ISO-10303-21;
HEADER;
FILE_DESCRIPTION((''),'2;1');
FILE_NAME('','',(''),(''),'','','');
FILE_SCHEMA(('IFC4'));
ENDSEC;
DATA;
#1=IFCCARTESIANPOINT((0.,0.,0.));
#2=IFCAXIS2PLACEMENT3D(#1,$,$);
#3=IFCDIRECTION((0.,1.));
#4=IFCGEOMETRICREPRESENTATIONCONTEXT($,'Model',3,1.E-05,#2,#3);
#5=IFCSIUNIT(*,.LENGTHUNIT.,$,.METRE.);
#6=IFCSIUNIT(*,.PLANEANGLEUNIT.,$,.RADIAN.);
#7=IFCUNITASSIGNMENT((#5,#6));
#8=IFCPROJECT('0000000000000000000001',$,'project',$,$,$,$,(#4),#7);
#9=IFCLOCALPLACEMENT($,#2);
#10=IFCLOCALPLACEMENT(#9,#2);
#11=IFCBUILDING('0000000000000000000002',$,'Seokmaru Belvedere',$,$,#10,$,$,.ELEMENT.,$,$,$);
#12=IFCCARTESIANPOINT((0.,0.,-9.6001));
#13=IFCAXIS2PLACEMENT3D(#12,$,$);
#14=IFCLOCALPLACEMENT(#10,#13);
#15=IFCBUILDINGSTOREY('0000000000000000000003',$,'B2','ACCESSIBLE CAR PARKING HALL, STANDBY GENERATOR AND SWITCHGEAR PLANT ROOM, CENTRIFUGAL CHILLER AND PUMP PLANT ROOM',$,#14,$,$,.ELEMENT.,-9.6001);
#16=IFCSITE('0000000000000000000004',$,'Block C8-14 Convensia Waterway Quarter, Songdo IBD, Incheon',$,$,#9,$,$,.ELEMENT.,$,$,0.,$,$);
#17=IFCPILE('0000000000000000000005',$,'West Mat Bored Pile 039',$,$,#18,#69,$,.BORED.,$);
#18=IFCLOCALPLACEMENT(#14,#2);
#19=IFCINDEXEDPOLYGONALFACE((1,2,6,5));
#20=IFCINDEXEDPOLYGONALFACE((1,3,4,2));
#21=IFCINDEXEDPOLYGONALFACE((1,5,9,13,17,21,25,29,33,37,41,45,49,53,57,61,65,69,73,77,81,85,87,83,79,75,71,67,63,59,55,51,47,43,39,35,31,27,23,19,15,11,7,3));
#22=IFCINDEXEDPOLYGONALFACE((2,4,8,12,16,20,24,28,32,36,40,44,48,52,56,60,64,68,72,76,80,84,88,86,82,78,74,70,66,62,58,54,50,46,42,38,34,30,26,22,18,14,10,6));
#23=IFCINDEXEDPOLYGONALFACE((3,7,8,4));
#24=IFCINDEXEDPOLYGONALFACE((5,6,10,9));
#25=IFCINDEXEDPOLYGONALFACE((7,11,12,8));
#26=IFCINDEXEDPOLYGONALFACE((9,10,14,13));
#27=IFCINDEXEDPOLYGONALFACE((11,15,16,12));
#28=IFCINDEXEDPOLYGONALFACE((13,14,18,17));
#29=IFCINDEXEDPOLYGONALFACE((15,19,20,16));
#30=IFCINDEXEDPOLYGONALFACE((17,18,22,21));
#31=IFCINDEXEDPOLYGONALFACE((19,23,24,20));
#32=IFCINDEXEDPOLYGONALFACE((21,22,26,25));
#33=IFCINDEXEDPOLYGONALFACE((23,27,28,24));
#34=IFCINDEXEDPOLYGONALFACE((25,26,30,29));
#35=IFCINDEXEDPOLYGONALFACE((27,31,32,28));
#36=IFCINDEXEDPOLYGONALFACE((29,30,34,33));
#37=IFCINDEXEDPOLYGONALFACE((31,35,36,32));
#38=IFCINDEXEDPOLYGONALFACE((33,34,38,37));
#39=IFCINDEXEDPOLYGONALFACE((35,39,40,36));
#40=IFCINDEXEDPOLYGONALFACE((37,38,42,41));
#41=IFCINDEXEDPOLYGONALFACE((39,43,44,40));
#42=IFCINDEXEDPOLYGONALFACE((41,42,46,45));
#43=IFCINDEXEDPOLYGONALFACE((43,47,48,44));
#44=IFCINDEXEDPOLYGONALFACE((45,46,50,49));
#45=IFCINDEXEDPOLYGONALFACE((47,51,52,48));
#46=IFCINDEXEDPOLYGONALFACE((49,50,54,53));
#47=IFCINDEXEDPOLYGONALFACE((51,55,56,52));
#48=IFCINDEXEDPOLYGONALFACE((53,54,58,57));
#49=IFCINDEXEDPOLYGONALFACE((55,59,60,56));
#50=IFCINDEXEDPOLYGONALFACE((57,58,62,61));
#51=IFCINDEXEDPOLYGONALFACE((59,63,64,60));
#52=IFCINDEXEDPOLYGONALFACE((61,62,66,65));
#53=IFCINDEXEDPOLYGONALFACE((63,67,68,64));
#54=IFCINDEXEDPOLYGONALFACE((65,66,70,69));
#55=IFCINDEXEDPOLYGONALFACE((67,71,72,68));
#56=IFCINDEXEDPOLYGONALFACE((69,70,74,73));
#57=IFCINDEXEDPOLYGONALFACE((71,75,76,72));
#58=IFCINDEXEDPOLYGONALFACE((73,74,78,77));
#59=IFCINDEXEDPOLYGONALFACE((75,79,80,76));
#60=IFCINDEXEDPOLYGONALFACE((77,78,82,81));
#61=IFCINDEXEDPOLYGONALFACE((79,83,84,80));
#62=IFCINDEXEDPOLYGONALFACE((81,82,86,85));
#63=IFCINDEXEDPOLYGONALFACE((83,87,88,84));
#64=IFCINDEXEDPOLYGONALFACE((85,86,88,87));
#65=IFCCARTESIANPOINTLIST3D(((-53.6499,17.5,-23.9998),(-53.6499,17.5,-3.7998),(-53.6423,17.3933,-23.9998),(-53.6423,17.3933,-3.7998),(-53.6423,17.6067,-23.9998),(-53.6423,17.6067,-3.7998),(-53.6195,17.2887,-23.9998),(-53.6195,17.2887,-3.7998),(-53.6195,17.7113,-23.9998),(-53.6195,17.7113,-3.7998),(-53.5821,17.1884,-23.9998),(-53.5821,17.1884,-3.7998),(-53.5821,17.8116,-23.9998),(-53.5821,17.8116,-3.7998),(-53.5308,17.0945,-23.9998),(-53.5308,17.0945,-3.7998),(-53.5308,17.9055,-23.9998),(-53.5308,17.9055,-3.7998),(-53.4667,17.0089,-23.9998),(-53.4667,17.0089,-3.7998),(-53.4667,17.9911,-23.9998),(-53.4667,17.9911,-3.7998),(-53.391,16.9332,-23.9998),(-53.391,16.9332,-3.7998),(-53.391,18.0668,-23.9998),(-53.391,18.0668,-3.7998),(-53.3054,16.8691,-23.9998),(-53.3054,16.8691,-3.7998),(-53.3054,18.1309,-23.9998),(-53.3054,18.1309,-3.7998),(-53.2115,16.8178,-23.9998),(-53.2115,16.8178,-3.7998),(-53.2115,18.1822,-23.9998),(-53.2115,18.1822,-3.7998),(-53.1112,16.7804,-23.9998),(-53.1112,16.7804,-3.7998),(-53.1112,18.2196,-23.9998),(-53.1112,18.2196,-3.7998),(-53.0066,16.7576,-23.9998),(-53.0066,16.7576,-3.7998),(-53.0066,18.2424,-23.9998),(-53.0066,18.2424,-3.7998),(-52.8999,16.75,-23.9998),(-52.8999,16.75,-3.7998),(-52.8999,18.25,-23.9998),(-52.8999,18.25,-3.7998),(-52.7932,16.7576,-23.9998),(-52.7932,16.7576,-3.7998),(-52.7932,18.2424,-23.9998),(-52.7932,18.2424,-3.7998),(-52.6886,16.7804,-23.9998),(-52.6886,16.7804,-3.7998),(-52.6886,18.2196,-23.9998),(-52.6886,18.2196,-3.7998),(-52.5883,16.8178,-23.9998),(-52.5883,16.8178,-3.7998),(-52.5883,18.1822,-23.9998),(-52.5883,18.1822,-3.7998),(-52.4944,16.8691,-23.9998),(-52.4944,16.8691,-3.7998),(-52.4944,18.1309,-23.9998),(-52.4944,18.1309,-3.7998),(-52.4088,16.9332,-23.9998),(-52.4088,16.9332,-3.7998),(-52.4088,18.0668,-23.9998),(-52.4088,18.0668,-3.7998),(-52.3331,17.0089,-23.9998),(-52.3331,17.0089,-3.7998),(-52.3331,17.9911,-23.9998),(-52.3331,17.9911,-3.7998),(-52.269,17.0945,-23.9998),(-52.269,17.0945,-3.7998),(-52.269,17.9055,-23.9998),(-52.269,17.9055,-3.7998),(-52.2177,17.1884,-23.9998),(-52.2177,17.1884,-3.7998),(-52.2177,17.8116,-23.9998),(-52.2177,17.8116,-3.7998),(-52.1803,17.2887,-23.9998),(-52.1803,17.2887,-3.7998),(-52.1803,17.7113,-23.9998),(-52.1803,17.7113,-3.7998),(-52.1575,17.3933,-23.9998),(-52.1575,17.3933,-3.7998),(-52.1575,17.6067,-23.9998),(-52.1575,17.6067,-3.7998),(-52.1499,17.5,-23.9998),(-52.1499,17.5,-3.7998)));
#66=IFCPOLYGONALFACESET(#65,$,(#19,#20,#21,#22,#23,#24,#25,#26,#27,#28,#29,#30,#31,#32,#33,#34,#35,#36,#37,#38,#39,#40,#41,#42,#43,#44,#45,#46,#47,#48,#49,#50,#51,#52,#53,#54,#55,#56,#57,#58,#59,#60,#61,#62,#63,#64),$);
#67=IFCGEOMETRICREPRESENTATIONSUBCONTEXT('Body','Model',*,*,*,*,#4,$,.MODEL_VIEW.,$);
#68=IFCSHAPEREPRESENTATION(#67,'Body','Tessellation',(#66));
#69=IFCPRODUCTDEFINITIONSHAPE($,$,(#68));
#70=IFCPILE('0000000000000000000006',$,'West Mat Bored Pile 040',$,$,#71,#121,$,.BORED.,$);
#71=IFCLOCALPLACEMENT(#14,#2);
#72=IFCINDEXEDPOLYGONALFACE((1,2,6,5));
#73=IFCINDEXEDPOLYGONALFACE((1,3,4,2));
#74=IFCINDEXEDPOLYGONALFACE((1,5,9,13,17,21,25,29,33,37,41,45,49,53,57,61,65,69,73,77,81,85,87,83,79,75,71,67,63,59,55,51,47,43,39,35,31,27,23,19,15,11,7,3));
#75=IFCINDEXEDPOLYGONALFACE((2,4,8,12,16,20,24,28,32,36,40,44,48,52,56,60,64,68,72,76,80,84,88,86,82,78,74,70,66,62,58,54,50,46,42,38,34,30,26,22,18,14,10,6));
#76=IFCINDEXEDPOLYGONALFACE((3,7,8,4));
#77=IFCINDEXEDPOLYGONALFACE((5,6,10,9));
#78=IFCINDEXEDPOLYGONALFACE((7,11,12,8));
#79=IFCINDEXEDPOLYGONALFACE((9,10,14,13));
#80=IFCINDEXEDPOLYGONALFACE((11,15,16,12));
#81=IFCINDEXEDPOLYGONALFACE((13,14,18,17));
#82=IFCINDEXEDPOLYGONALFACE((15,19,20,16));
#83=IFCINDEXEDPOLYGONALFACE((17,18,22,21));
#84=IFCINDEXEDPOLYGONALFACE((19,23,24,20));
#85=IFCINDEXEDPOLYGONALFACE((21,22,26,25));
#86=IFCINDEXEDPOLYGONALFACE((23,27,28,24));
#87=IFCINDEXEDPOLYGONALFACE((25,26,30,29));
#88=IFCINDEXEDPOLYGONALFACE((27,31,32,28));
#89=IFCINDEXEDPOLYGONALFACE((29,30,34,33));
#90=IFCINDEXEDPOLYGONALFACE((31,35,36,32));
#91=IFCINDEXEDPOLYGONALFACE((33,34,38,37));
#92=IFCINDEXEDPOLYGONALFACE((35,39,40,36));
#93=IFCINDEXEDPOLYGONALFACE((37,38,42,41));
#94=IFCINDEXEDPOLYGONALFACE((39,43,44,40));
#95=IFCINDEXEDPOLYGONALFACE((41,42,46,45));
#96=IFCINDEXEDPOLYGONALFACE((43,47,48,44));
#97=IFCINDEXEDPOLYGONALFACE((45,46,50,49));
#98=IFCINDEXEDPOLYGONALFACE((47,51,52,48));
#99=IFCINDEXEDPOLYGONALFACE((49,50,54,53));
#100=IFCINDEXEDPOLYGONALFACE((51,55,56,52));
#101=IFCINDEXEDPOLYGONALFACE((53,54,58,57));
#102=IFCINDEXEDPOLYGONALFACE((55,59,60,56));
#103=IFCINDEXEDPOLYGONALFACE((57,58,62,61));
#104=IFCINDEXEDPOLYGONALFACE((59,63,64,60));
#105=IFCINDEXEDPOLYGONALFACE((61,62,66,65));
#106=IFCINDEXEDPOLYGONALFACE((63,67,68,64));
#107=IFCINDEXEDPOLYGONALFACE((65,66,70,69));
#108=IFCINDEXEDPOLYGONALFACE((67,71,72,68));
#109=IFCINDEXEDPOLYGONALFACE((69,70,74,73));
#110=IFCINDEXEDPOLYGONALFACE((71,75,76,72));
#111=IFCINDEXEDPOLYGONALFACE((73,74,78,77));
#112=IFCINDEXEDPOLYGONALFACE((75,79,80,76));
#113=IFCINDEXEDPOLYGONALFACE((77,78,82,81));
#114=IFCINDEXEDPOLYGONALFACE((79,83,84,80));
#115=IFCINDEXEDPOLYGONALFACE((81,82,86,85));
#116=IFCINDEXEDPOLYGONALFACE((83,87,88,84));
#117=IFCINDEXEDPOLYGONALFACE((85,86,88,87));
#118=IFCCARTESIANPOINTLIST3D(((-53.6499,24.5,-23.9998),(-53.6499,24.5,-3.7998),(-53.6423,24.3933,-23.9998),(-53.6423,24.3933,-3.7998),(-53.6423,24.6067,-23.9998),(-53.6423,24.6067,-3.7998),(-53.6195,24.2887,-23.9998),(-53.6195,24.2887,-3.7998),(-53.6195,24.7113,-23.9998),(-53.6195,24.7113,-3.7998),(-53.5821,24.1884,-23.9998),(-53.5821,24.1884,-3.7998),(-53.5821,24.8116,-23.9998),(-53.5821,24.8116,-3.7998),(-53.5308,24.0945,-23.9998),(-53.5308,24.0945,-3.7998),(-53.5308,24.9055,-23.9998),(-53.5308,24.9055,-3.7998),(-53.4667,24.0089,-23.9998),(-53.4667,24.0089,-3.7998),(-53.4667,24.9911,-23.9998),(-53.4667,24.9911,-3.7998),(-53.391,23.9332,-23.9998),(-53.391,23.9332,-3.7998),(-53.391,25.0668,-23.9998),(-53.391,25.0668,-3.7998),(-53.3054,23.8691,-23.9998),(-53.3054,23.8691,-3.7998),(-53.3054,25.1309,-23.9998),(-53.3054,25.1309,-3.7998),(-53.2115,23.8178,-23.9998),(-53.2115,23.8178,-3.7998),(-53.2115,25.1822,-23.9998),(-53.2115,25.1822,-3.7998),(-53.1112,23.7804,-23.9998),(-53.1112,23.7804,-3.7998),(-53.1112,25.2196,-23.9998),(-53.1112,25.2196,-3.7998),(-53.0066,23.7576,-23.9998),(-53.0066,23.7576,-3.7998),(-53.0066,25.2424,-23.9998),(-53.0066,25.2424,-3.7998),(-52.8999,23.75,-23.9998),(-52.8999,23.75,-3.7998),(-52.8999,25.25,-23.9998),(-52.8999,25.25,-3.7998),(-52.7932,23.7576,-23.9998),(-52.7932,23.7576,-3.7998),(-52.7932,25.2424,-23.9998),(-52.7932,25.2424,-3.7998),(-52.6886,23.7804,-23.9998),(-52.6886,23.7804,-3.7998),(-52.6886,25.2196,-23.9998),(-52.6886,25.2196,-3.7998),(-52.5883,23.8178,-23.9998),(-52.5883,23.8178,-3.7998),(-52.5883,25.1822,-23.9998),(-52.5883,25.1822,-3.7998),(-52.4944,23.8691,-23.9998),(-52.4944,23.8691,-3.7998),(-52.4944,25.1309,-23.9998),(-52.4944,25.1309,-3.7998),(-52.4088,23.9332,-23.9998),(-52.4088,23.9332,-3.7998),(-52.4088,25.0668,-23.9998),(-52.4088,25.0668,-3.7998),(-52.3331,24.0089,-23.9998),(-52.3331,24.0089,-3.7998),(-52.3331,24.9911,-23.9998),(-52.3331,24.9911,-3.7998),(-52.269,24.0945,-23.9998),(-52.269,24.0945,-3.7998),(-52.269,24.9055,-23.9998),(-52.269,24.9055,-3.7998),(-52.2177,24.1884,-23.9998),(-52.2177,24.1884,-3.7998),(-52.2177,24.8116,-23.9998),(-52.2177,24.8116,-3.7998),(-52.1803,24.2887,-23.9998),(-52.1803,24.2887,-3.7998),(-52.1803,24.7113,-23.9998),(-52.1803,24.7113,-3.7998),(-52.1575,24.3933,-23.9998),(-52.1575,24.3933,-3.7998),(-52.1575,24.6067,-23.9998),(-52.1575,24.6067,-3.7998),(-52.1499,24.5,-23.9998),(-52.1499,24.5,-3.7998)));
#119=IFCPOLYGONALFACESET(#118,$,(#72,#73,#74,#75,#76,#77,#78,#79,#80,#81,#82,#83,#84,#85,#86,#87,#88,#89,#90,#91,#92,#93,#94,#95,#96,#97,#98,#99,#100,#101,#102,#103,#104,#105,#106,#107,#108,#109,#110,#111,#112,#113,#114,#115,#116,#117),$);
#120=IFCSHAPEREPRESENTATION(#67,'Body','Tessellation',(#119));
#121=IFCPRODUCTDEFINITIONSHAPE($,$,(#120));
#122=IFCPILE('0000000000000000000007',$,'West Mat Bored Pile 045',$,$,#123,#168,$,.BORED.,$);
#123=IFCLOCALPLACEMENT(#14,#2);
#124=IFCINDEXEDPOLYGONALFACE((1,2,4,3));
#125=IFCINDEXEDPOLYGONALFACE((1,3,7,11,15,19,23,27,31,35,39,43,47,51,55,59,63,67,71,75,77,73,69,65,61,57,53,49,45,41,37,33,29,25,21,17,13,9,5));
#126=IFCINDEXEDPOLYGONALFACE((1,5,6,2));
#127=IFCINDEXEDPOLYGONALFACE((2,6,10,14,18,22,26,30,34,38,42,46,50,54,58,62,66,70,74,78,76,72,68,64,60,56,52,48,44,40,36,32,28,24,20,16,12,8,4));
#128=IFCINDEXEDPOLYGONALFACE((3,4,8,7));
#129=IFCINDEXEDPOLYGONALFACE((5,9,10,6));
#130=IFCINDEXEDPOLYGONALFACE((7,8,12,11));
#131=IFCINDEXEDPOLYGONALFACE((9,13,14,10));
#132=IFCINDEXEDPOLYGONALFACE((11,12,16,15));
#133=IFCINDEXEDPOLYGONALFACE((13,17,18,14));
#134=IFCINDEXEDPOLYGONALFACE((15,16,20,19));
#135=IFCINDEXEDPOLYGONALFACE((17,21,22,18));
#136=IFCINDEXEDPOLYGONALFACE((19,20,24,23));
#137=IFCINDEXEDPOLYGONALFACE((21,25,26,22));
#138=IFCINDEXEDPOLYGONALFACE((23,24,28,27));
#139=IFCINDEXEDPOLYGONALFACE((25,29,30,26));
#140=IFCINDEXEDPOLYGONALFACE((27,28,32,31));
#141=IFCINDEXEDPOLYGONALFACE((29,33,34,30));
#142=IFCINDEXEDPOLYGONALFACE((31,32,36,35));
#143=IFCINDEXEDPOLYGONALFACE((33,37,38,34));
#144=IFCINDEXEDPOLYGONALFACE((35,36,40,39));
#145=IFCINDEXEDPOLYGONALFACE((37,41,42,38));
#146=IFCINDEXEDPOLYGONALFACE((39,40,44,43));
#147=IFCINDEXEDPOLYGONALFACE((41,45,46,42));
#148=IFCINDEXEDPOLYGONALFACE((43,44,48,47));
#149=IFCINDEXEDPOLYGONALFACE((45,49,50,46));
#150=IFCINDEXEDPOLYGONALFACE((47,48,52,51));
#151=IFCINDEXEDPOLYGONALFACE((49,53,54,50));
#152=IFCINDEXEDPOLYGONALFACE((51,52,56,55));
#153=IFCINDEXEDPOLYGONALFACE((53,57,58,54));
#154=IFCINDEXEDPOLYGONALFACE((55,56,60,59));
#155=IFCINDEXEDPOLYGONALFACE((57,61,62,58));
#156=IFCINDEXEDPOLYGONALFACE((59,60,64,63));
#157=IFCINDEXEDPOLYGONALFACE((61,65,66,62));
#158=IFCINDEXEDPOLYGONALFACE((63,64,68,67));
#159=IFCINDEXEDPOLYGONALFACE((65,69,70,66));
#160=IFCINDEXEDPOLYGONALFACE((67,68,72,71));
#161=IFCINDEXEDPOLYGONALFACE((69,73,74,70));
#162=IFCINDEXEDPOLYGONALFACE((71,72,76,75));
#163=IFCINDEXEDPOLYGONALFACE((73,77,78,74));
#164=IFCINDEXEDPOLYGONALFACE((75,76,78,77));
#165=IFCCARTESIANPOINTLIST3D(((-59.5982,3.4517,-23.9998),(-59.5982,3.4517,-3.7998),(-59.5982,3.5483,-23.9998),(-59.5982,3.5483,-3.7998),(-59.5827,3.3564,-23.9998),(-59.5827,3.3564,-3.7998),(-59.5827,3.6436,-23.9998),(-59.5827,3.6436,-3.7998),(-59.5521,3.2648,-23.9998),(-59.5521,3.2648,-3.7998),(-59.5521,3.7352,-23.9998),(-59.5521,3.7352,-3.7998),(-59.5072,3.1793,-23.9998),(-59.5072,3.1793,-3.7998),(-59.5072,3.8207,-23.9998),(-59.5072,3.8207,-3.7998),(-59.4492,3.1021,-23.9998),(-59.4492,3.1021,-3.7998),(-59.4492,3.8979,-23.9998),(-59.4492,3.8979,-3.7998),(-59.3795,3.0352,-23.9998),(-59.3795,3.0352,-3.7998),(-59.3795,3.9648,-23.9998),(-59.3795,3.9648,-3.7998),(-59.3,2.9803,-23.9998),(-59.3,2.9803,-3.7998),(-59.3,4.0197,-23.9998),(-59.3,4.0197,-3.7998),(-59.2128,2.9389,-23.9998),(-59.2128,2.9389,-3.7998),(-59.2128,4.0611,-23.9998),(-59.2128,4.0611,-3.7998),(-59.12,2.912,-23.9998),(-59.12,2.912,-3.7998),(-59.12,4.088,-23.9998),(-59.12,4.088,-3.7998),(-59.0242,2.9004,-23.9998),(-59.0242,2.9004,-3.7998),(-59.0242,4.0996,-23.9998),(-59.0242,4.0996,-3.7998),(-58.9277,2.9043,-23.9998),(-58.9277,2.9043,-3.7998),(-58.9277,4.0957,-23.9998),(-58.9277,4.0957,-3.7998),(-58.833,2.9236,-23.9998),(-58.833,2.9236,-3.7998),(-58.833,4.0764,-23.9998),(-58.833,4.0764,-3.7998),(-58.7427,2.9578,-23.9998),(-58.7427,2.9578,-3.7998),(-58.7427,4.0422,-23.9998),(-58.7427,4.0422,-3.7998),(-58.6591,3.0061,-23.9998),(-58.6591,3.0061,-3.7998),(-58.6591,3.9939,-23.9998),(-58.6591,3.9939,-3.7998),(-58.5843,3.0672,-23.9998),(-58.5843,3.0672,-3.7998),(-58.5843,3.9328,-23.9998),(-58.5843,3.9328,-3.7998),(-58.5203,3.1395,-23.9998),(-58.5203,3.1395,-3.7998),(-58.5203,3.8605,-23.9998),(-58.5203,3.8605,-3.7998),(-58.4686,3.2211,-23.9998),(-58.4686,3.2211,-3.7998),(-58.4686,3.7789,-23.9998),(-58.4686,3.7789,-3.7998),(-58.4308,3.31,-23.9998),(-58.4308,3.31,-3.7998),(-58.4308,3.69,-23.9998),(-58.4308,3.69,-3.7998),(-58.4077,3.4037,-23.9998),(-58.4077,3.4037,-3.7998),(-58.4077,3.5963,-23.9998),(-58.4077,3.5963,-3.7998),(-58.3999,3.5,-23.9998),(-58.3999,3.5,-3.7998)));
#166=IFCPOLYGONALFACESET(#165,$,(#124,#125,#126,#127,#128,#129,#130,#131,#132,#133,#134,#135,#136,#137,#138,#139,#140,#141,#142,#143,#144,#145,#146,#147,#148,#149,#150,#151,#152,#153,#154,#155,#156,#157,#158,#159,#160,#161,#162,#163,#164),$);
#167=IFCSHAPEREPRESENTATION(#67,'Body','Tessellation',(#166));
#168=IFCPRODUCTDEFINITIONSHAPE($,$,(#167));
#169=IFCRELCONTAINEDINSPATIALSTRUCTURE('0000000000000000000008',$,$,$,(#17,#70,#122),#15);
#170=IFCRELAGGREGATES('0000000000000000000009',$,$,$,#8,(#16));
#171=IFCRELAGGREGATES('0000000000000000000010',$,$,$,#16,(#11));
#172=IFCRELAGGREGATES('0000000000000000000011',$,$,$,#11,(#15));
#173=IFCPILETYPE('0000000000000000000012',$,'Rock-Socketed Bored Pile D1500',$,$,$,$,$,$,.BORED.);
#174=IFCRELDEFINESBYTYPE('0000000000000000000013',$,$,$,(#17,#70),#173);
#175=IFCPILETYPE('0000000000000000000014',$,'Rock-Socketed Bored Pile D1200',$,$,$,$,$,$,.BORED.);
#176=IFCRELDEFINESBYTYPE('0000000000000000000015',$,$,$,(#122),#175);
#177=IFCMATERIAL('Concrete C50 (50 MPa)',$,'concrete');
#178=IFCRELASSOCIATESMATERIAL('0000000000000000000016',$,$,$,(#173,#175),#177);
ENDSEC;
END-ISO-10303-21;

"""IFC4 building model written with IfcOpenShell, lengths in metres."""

from ifc_helpers import new_model, si_unit, direction, frame, origin, origin_2d, place, context, subcontext, project, spatial, circle, extrude, source, transform, mapped, material, material_profile, profile_set, type_object, type_shapes, element, save


model = new_model("IFC4")

# Units and contexts
model_context = context("Model", 3, precision=1e-05, world=origin(), true_north=direction((0.0, 1.0)))
body_context = subcontext(model_context, "Body", "Model", "MODEL_VIEW")
ifc_project = project(units=[si_unit("LENGTHUNIT", "METRE"), si_unit("PLANEANGLEUNIT", "RADIAN")], contexts=[model_context])

# Site, building, storey
site_placement = place(None, origin())
site = spatial("IfcSite", under=ifc_project, at=site_placement, Name="Block C8-14 Convensia Waterway Quarter, Songdo IBD, Incheon", CompositionType="ELEMENT", RefElevation=0.0)
building_placement = place(site_placement, origin())
building = spatial("IfcBuilding", under=site, at=building_placement, Name="Seokmaru Belvedere", CompositionType="ELEMENT")
storey_placement = place(building_placement, frame((0.0, 0.0, -9.6001)))
storey = spatial("IfcBuildingStorey", under=building, at=storey_placement, Name="B2", Description="ACCESSIBLE CAR PARKING HALL, STANDBY GENERATOR AND SWITCHGEAR PLANT ROOM, CENTRIFUGAL CHILLER AND PUMP PLANT ROOM", CompositionType="ELEMENT", Elevation=-9.6001)

# Shared definitions
ifc_material_1 = material(Name="Concrete C50 (50 MPa)", Category="concrete")

# Piles
ifc_material_profile_1 = material_profile(ifc_material_1, circle(Radius=0.75, at=origin_2d()), Name="PILE-D1500")
ifc_profile_set_1 = profile_set([ifc_material_profile_1], Name="Concrete C50 (50 MPa)")
pile_type_1 = type_object("IfcPileType", Name="Rock-Socketed Bored Pile D1500", PredefinedType="BORED", material=ifc_profile_set_1)
shared_shape_1 = source(origin(), body_context, "Body", "SweptSolid", [
    extrude(circle(Radius=0.75, at=origin_2d()), origin(), (0.0, 0.0, 1.0), 20.2),
])
type_shapes(pile_type_1, [shared_shape_1])
for number, where, z_axis, x_axis, name in (
    (1, (-52.8999, 17.5, -3.7998), (0.0, 0.0, -1.0), (1.0, 0.0, 0.0), "West Mat Bored Pile 039"),
    (2, (-52.8999, 24.5, -3.7998), (0.0, 0.0, -1.0), (1.0, 0.0, 0.0), "West Mat Bored Pile 040"),
):
    element("IfcPile", number, at=place(storey_placement, frame(where, z_axis=z_axis, x_axis=x_axis)), inside=storey, type_object=pile_type_1, Name=name, PredefinedType="BORED", context=body_context, shape_type="MappedRepresentation", body=[
        mapped(shared_shape_1, transform((0.0, 0.0, 0.0), scale=1.0)),
    ])
ifc_material_profile_2 = material_profile(ifc_material_1, circle(Radius=0.6001, at=origin_2d()), Name="PILE-D1200")
ifc_profile_set_2 = profile_set([ifc_material_profile_2], Name="Concrete C50 (50 MPa)")
pile_type_2 = type_object("IfcPileType", Name="Rock-Socketed Bored Pile D1200", PredefinedType="BORED", material=ifc_profile_set_2)
shared_shape_2 = source(origin(), body_context, "Body", "SweptSolid", [
    extrude(circle(Radius=0.6001, at=origin_2d()), origin(), (0.0, 0.0, 1.0), 20.2),
])
type_shapes(pile_type_2, [shared_shape_2])
for number, where, z_axis, x_axis, name in (
    (3, (-59.0, 3.5, -3.7998), (0.0, 0.0, -1.0), (1.0, 0.0, 0.0), "West Mat Bored Pile 045"),
):
    element("IfcPile", number, at=place(storey_placement, frame(where, z_axis=z_axis, x_axis=x_axis)), inside=storey, type_object=pile_type_2, Name=name, PredefinedType="BORED", context=body_context, shape_type="MappedRepresentation", body=[
        mapped(shared_shape_2, transform((0.0, 0.0, 0.0), scale=1.0)),
    ])

save(model, "model.ifc")
